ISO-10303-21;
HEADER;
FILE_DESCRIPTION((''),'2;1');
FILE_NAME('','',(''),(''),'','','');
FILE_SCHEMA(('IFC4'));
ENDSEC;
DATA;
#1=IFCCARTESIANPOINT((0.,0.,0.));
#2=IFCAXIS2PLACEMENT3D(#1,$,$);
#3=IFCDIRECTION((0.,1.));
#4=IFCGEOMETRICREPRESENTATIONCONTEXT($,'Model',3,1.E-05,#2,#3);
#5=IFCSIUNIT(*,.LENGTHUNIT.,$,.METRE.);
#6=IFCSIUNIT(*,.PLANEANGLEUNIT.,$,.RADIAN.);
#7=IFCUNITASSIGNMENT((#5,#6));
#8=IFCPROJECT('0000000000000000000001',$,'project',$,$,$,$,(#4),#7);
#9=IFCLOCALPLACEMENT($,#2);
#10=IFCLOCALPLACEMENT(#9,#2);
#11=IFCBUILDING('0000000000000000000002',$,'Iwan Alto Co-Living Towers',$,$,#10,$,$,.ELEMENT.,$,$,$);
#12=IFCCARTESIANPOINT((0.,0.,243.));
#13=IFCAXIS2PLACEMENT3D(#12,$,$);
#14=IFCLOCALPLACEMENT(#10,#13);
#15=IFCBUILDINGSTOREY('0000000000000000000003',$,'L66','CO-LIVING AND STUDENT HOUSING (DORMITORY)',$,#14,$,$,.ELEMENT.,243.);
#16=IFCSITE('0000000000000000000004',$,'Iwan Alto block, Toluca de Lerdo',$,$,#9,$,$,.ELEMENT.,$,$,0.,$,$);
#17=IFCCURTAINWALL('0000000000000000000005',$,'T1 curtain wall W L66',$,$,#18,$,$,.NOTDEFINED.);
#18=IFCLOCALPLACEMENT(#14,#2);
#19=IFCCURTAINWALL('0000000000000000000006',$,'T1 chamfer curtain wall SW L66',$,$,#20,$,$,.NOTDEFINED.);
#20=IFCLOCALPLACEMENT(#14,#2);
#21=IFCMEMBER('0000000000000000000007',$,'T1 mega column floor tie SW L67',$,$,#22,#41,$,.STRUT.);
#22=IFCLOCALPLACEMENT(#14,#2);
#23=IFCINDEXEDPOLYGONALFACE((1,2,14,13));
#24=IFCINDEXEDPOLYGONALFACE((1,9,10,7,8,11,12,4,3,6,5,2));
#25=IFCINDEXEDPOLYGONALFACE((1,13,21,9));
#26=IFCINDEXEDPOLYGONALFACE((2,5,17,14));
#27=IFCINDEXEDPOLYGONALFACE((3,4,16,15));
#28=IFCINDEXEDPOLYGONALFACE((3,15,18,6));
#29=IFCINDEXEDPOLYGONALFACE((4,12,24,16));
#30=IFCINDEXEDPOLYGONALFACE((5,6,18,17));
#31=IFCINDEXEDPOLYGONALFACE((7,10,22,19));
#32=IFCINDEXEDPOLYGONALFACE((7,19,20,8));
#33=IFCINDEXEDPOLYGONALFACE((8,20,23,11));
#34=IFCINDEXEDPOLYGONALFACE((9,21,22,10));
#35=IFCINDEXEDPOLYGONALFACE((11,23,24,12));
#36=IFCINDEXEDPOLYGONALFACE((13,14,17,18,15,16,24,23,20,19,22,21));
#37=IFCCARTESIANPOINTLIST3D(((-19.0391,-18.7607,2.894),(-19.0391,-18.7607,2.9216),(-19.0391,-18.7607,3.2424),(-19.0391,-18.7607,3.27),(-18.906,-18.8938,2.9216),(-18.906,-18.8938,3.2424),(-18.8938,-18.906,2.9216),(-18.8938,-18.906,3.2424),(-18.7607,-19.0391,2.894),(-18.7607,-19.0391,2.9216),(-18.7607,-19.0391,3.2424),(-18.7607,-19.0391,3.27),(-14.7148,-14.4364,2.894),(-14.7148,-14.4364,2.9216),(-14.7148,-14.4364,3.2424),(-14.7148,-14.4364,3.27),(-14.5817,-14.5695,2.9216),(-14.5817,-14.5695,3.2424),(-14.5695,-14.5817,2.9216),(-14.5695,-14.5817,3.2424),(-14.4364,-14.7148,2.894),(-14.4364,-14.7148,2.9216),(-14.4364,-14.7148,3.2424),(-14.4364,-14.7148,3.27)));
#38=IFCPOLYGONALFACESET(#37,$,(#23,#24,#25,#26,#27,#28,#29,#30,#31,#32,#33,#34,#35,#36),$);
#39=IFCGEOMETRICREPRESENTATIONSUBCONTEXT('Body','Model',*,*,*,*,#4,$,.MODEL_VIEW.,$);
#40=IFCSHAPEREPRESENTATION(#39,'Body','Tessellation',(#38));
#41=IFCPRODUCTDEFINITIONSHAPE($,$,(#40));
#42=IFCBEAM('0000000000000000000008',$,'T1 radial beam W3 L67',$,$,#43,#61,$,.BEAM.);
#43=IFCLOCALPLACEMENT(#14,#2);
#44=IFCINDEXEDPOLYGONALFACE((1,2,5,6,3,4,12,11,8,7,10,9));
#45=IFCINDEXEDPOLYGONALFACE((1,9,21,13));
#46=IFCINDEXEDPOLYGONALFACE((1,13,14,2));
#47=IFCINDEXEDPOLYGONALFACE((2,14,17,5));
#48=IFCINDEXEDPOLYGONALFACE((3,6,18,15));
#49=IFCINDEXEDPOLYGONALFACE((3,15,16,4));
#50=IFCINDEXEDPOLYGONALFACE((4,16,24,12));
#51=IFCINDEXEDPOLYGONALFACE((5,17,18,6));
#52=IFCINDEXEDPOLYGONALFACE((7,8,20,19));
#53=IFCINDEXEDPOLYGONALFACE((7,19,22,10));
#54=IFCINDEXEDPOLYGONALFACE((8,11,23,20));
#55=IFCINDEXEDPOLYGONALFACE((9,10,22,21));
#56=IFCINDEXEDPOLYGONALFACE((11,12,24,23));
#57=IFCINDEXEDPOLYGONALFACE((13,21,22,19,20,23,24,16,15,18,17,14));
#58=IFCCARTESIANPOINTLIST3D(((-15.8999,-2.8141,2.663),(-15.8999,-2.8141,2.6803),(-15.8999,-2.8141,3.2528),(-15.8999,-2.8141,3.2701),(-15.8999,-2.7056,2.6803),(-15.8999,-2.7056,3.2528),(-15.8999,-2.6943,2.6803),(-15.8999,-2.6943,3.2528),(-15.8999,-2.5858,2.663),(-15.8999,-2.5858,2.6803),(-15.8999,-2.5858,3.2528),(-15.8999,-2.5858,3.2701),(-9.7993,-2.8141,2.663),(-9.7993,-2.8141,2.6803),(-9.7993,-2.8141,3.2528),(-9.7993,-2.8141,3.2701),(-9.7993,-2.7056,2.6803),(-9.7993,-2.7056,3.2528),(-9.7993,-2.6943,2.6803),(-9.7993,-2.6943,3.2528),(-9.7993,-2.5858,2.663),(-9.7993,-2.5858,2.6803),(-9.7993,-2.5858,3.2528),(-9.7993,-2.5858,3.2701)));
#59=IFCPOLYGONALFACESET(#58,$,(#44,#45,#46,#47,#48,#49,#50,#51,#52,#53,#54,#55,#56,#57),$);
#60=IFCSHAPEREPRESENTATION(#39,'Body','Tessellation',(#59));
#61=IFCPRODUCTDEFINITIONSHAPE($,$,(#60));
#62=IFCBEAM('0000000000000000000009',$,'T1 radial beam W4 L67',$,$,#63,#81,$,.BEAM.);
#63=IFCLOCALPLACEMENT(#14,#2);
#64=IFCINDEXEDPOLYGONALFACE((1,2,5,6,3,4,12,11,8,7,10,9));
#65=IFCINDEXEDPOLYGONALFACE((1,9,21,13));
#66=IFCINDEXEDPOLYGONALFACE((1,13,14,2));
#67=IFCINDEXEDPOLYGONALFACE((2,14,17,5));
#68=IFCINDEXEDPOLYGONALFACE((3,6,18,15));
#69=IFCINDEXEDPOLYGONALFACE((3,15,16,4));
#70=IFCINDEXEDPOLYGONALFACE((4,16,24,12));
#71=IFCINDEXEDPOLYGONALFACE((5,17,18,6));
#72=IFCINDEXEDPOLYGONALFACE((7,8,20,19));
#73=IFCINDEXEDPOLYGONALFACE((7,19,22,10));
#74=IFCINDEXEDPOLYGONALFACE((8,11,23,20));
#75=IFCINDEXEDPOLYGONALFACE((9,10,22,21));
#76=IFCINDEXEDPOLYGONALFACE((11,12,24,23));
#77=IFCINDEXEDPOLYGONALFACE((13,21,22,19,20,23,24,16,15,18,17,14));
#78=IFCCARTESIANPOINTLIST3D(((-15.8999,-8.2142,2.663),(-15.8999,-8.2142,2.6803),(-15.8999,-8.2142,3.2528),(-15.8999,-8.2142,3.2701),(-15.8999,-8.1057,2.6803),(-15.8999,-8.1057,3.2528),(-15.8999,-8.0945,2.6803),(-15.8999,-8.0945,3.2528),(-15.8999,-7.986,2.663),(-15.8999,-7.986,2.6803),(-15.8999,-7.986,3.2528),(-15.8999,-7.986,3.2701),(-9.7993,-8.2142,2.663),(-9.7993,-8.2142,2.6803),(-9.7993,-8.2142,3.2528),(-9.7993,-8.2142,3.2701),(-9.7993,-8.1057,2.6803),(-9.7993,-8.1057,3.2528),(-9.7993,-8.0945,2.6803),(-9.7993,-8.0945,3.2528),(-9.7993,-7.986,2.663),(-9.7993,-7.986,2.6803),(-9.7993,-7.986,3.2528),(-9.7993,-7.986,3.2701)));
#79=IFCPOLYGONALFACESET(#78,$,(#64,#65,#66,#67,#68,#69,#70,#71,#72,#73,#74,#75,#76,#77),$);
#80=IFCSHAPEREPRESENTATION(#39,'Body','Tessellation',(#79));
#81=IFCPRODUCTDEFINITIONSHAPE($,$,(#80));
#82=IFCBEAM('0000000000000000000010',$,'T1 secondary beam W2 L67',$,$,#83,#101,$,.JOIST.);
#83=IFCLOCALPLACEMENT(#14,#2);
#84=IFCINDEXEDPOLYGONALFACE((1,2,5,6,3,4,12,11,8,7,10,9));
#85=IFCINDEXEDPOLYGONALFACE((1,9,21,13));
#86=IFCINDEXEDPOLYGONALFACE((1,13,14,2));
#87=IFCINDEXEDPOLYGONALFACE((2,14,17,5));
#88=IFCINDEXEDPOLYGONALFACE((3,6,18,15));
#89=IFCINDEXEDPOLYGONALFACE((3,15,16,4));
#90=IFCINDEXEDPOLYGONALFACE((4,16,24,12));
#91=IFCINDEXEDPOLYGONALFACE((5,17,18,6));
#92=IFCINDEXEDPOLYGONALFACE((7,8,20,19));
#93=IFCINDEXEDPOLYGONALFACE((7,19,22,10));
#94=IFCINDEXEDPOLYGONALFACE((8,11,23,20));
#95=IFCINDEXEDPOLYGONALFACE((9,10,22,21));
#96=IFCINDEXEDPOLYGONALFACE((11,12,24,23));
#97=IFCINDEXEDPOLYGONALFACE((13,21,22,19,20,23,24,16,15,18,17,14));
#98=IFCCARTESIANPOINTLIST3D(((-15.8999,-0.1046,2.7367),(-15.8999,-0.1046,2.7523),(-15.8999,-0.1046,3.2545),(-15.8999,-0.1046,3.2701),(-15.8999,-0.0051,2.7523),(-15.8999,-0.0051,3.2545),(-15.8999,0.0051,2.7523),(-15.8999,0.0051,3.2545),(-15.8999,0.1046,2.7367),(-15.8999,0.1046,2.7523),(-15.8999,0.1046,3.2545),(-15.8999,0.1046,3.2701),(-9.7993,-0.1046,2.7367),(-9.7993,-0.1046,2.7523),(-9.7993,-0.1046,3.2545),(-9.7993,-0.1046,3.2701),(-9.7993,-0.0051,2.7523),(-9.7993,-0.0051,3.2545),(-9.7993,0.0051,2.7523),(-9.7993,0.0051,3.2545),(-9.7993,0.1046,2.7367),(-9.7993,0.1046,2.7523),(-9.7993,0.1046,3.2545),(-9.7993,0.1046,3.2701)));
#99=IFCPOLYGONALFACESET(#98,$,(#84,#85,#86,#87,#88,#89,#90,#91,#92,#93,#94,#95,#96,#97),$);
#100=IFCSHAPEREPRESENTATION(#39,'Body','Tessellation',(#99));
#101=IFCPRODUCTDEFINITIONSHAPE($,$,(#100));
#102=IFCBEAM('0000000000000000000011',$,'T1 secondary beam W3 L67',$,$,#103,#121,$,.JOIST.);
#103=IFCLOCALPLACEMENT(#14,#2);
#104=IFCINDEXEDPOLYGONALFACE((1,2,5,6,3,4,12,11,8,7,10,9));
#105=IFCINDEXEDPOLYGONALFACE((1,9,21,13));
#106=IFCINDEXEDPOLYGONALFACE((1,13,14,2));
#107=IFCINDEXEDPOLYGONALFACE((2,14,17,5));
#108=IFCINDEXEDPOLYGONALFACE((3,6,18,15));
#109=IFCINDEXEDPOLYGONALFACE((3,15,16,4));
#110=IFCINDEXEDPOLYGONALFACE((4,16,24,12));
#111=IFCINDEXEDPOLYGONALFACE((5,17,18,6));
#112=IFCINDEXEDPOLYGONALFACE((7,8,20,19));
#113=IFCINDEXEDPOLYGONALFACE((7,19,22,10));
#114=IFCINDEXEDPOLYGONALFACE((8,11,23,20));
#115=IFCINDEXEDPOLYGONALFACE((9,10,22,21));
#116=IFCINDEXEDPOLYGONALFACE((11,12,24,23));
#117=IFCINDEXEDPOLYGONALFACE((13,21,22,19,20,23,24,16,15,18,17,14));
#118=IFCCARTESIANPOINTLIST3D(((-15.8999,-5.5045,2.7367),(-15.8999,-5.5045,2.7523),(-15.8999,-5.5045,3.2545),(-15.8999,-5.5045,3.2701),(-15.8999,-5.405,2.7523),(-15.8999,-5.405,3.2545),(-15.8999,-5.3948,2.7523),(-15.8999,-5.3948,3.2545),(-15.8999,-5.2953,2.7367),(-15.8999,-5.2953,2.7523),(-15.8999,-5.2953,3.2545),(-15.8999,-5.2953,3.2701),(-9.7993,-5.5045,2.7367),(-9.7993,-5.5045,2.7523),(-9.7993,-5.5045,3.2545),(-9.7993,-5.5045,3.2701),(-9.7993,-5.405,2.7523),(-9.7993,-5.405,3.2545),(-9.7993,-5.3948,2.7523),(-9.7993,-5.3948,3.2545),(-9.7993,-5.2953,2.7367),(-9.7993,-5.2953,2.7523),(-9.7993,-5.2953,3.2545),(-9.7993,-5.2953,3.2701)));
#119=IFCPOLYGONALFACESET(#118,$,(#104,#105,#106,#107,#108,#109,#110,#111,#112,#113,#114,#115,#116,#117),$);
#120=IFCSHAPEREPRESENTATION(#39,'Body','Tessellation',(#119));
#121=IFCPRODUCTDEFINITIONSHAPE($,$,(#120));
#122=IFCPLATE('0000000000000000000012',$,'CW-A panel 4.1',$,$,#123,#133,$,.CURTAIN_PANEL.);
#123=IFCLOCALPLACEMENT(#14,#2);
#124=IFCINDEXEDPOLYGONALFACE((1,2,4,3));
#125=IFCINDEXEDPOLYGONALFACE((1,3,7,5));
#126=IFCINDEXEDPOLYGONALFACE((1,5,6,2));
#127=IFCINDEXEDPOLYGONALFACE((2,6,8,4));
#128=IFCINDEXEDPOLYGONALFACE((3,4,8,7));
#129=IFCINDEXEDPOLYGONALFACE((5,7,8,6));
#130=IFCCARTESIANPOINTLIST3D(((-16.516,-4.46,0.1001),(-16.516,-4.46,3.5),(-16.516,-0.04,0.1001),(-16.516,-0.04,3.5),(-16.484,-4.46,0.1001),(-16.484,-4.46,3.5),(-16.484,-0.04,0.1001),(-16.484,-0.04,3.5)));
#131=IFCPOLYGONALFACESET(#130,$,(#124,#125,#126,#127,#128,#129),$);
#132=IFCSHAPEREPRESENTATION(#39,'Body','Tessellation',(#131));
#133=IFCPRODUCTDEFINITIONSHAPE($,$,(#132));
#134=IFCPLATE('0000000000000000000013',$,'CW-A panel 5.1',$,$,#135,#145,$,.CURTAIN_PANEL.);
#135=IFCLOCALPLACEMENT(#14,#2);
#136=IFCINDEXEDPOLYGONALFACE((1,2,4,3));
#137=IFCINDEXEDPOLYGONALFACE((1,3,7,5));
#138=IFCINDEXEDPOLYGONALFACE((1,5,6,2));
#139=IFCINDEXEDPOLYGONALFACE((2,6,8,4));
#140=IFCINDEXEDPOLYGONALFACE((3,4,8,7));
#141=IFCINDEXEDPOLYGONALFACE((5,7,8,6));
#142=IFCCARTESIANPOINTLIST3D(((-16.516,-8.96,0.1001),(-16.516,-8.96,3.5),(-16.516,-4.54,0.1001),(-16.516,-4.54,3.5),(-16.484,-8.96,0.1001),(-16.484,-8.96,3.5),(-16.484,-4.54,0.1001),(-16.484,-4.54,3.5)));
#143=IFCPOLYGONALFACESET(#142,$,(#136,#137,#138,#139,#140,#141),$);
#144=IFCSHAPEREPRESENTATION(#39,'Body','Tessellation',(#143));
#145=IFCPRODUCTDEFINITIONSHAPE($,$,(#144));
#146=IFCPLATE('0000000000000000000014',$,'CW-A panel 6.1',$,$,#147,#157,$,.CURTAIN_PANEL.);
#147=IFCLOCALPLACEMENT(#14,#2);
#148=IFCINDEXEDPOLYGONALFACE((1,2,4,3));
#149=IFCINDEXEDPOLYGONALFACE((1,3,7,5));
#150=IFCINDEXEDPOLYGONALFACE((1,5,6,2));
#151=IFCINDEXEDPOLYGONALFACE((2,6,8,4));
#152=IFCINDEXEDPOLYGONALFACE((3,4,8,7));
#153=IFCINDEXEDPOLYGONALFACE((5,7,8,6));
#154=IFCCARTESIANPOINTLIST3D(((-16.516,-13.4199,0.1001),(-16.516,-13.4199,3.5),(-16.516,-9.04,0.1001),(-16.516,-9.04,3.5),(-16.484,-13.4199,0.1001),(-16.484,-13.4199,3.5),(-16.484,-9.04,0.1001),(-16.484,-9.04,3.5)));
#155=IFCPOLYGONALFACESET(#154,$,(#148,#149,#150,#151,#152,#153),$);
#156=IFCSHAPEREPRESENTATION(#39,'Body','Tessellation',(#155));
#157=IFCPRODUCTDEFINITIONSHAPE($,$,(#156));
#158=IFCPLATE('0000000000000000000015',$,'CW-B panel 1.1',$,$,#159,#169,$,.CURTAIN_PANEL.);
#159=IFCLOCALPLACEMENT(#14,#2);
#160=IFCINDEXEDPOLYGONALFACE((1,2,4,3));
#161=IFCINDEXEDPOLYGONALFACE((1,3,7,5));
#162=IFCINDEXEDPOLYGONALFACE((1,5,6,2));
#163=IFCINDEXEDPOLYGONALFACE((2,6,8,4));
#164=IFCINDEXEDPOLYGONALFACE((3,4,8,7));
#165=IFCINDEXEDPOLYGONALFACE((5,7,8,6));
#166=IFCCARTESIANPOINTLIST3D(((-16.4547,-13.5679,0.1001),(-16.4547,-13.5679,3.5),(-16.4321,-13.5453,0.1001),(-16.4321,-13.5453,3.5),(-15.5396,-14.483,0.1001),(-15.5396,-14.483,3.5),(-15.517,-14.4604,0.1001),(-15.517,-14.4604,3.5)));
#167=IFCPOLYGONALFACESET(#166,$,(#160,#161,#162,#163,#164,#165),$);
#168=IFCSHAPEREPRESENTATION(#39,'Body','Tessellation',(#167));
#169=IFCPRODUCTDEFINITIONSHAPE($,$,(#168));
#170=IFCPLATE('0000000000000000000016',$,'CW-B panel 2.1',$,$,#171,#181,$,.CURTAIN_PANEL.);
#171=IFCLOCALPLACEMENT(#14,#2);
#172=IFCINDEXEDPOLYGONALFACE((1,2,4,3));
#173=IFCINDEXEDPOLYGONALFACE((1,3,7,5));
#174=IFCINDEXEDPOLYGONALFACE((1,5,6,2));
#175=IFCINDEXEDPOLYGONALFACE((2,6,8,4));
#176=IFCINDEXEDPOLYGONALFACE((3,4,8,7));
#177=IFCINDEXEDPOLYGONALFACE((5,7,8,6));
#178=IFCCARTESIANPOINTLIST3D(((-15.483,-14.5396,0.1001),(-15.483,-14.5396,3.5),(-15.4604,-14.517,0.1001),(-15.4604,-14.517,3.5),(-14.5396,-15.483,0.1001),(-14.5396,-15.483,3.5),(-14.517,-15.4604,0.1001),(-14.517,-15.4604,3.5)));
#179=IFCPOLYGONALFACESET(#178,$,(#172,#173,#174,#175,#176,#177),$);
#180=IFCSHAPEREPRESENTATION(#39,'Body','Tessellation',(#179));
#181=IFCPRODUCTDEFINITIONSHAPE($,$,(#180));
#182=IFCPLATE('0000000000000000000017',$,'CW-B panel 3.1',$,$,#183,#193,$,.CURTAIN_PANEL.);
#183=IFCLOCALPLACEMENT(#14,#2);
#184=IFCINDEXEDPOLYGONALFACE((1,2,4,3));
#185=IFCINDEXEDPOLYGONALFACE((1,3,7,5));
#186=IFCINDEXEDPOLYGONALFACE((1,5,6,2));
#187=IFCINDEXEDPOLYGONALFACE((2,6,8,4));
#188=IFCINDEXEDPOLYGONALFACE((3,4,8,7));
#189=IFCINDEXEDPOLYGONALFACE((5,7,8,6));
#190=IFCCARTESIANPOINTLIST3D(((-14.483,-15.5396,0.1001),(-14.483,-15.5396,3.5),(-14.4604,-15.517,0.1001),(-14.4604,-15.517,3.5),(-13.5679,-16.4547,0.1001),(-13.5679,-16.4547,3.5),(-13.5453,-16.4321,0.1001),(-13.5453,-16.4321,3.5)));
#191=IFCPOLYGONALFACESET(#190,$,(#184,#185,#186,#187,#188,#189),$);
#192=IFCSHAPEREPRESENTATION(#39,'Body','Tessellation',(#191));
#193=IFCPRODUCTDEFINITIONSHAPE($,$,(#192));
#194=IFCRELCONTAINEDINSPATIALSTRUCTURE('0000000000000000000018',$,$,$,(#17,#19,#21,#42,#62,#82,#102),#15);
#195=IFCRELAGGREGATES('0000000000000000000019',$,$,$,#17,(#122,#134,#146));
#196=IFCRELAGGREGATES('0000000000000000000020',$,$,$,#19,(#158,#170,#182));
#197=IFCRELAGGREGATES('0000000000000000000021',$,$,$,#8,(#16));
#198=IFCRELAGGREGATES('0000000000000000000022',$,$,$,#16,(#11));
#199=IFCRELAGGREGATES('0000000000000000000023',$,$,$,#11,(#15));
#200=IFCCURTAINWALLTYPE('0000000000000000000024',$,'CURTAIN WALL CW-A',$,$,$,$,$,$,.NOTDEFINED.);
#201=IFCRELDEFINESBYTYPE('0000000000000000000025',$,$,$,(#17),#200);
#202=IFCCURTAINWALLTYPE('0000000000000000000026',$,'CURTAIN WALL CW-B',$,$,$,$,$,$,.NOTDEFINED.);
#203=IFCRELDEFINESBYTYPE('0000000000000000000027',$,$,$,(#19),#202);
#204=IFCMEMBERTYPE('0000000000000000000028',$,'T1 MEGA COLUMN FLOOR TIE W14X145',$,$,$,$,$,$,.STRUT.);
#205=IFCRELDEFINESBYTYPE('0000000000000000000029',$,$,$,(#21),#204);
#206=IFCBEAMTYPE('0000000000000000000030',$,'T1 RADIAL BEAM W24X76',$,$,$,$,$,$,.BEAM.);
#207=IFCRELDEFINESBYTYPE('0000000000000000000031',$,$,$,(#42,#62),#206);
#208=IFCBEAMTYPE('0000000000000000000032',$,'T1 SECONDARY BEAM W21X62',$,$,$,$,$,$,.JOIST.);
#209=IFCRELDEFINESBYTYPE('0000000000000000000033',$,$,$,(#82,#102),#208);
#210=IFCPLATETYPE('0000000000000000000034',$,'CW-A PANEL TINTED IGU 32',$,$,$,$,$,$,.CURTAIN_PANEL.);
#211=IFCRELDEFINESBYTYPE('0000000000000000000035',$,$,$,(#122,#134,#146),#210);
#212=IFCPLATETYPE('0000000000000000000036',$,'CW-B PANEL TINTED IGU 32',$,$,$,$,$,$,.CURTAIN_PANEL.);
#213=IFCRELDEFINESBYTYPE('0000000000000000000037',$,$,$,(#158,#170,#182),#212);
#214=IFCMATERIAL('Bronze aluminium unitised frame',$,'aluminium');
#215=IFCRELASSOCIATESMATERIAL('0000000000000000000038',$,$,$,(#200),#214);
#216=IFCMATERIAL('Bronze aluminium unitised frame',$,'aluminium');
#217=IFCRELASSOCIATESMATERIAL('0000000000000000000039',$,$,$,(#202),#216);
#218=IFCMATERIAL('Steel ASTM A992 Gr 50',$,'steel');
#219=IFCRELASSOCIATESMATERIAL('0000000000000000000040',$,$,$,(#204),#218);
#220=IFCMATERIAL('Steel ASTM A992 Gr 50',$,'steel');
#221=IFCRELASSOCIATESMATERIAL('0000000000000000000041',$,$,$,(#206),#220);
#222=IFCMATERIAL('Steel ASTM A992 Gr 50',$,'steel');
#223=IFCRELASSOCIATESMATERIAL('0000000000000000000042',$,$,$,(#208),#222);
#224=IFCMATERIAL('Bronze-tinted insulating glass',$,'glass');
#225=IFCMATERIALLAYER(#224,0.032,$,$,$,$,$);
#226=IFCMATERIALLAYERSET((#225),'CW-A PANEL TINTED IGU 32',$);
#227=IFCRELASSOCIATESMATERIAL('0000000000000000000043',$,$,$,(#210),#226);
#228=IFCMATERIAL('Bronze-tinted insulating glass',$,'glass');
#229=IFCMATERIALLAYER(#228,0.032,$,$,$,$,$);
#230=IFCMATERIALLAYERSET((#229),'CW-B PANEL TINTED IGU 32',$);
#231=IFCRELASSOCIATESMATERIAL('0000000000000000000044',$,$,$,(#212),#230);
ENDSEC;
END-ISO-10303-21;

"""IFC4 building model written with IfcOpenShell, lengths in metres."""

from ifc_helpers import new_model, si_unit, direction, frame, origin, origin_2d, place, context, subcontext, project, spatial, rectangle, i_section, extrude, material, layer, layer_set, material_profile, profile_set, type_object, element, aggregate, save


model = new_model("IFC4")

# Units and contexts
model_context = context("Model", 3, precision=1e-05, world=origin(), true_north=direction((0.0, 1.0)))
body_context = subcontext(model_context, "Body", "Model", "MODEL_VIEW")
ifc_project = project(units=[si_unit("LENGTHUNIT", "METRE"), si_unit("PLANEANGLEUNIT", "RADIAN")], contexts=[model_context])

# Site, building, storey
site_placement = place(None, origin())
site = spatial("IfcSite", under=ifc_project, at=site_placement, Name="Iwan Alto block, Toluca de Lerdo", CompositionType="ELEMENT", RefElevation=0.0)
building_placement = place(site_placement, origin())
building = spatial("IfcBuilding", under=site, at=building_placement, Name="Iwan Alto Co-Living Towers", CompositionType="ELEMENT")
storey_placement = place(building_placement, frame((0.0, 0.0, 243.0)))
storey = spatial("IfcBuildingStorey", under=building, at=storey_placement, Name="L66", Description="CO-LIVING AND STUDENT HOUSING (DORMITORY)", CompositionType="ELEMENT", Elevation=243.0)

# Curtain walls
ifc_material_1 = material(Name="Bronze aluminium unitised frame", Category="aluminium")
curtain_wall_type_1 = type_object("IfcCurtainWallType", Name="CURTAIN WALL CW-A", PredefinedType="NOTDEFINED", material=ifc_material_1)
curtain_wall_1_placement = place(storey_placement, origin())
curtain_wall_1 = element("IfcCurtainWall", 1, at=curtain_wall_1_placement, inside=storey, type_object=curtain_wall_type_1, Name="T1 curtain wall W L66", PredefinedType="NOTDEFINED")
ifc_material_2 = material(Name="Bronze aluminium unitised frame", Category="aluminium")
curtain_wall_type_2 = type_object("IfcCurtainWallType", Name="CURTAIN WALL CW-B", PredefinedType="NOTDEFINED", material=ifc_material_2)
curtain_wall_2_placement = place(storey_placement, origin())
curtain_wall_2 = element("IfcCurtainWall", 2, at=curtain_wall_2_placement, inside=storey, type_object=curtain_wall_type_2, Name="T1 chamfer curtain wall SW L66", PredefinedType="NOTDEFINED")

# Member
ifc_material_3 = material(Name="Steel ASTM A992 Gr 50", Category="steel")
ifc_material_profile_1 = material_profile(ifc_material_3, i_section(OverallWidth=0.3938, OverallDepth=0.376, WebThickness=0.0173, FlangeThickness=0.0276, at=origin_2d()), Name="W14X145")
ifc_profile_set_1 = profile_set([ifc_material_profile_1], Name="Steel ASTM A992 Gr 50")
member_type_1 = type_object("IfcMemberType", Name="T1 MEGA COLUMN FLOOR TIE W14X145", PredefinedType="STRUT", material=ifc_profile_set_1)
member_1_placement = place(storey_placement, frame((-18.8999, -18.8999, 3.082), z_axis=(0.707107, 0.707107, 0.0), x_axis=(-0.707107, 0.707107, 0.0)))
element("IfcMember", 3, at=member_1_placement, inside=storey, type_object=member_type_1, Name="T1 mega column floor tie SW L67", PredefinedType="STRUT", context=body_context, shape_type="SweptSolid", body=[
    extrude(i_section(OverallWidth=0.3938, OverallDepth=0.376, WebThickness=0.0173, FlangeThickness=0.0276, at=origin_2d()), origin(), (0.0, 0.0, 1.0), 6.1155),
])

# Beams
ifc_material_4 = material(Name="Steel ASTM A992 Gr 50", Category="steel")
ifc_material_profile_2 = material_profile(ifc_material_4, i_section(OverallWidth=0.2283, OverallDepth=0.6072, WebThickness=0.0112, FlangeThickness=0.0173, at=origin_2d()), Name="W24X76")
ifc_profile_set_2 = profile_set([ifc_material_profile_2], Name="Steel ASTM A992 Gr 50")
beam_type_1 = type_object("IfcBeamType", Name="T1 RADIAL BEAM W24X76", PredefinedType="BEAM", material=ifc_profile_set_2)
for number, where, z_axis, x_axis, name in (
    (4, (-15.8999, -2.7, 2.9666), (1.0, 0.0, 0.0), (0.0, 1.0, 0.0), "T1 radial beam W3 L67"),
    (5, (-15.8999, -8.1001, 2.9666), (1.0, 0.0, 0.0), (0.0, 1.0, 0.0), "T1 radial beam W4 L67"),
):
    element("IfcBeam", number, at=place(storey_placement, frame(where, z_axis=z_axis, x_axis=x_axis)), inside=storey, type_object=beam_type_1, Name=name, PredefinedType="BEAM", context=body_context, shape_type="SweptSolid", body=[
        extrude(i_section(OverallWidth=0.2283, OverallDepth=0.6072, WebThickness=0.0112, FlangeThickness=0.0173, at=origin_2d()), origin(), (0.0, 0.0, 1.0), 6.1006),
    ])
ifc_material_5 = material(Name="Steel ASTM A992 Gr 50", Category="steel")
ifc_material_profile_3 = material_profile(ifc_material_5, i_section(OverallWidth=0.2092, OverallDepth=0.5334, WebThickness=0.0103, FlangeThickness=0.0156, at=origin_2d()), Name="W21X62")
ifc_profile_set_3 = profile_set([ifc_material_profile_3], Name="Steel ASTM A992 Gr 50")
beam_type_2 = type_object("IfcBeamType", Name="T1 SECONDARY BEAM W21X62", PredefinedType="JOIST", material=ifc_profile_set_3)
for number, where, z_axis, x_axis, name in (
    (6, (-15.8999, 0.0, 3.0034), (1.0, 0.0, 0.0), (0.0, 1.0, 0.0), "T1 secondary beam W2 L67"),
    (7, (-15.8999, -5.3999, 3.0034), (1.0, 0.0, 0.0), (0.0, 1.0, 0.0), "T1 secondary beam W3 L67"),
):
    element("IfcBeam", number, at=place(storey_placement, frame(where, z_axis=z_axis, x_axis=x_axis)), inside=storey, type_object=beam_type_2, Name=name, PredefinedType="JOIST", context=body_context, shape_type="SweptSolid", body=[
        extrude(i_section(OverallWidth=0.2092, OverallDepth=0.5334, WebThickness=0.0103, FlangeThickness=0.0156, at=origin_2d()), origin(), (0.0, 0.0, 1.0), 6.1006),
    ])

# Plates
ifc_material_6 = material(Name="Bronze-tinted insulating glass", Category="glass")
ifc_layer_1 = layer(ifc_material_6, 0.032)
ifc_layer_set_1 = layer_set([ifc_layer_1], Name="CW-A PANEL TINTED IGU 32")
plate_type_1 = type_object("IfcPlateType", Name="CW-A PANEL TINTED IGU 32", PredefinedType="CURTAIN_PANEL", material=ifc_layer_set_1)
plate_1_placement = place(storey_placement, frame((-16.5, -2.25, 0.1001), z_axis=(0.0, 0.0, 1.0), x_axis=(0.0, -1.0, 0.0)))
plate_1 = element("IfcPlate", 8, at=plate_1_placement, type_object=plate_type_1, Name="CW-A panel 4.1", PredefinedType="CURTAIN_PANEL", context=body_context, shape_type="SweptSolid", body=[
    extrude(rectangle(XDim=4.4199, YDim=0.032, at=origin_2d()), origin(), (0.0, 0.0, 1.0), 3.3999),
])
plate_2_placement = place(storey_placement, frame((-16.5, -6.75, 0.1001), z_axis=(0.0, 0.0, 1.0), x_axis=(0.0, -1.0, 0.0)))
plate_2 = element("IfcPlate", 9, at=plate_2_placement, type_object=plate_type_1, Name="CW-A panel 5.1", PredefinedType="CURTAIN_PANEL", context=body_context, shape_type="SweptSolid", body=[
    extrude(rectangle(XDim=4.4199, YDim=0.032, at=origin_2d()), origin(), (0.0, 0.0, 1.0), 3.3999),
])
plate_3_placement = place(storey_placement, frame((-16.5, -11.23, 0.1001), z_axis=(0.0, 0.0, 1.0), x_axis=(0.0, -1.0, 0.0)))
plate_3 = element("IfcPlate", 10, at=plate_3_placement, type_object=plate_type_1, Name="CW-A panel 6.1", PredefinedType="CURTAIN_PANEL", context=body_context, shape_type="SweptSolid", body=[
    extrude(rectangle(XDim=4.3799, YDim=0.032, at=origin_2d()), origin(), (0.0, 0.0, 1.0), 3.3999),
])
aggregate(curtain_wall_1, [plate_1, plate_2, plate_3])
ifc_material_7 = material(Name="Bronze-tinted insulating glass", Category="glass")
ifc_layer_2 = layer(ifc_material_7, 0.032)
ifc_layer_set_2 = layer_set([ifc_layer_2], Name="CW-B PANEL TINTED IGU 32")
plate_type_2 = type_object("IfcPlateType", Name="CW-B PANEL TINTED IGU 32", PredefinedType="CURTAIN_PANEL", material=ifc_layer_set_2)
plate_4_placement = place(storey_placement, frame((-15.9858, -14.0142, 0.1001), z_axis=(0.0, 0.0, 1.0), x_axis=(0.707107, -0.707107, 0.0)))
plate_4 = element("IfcPlate", 11, at=plate_4_placement, type_object=plate_type_2, Name="CW-B panel 1.1", PredefinedType="CURTAIN_PANEL", context=body_context, shape_type="SweptSolid", body=[
    extrude(rectangle(XDim=1.2942, YDim=0.032, at=origin_2d()), origin(), (0.0, 0.0, 1.0), 3.3999),
])
plate_5_placement = place(storey_placement, frame((-15.0, -15.0, 0.1001), z_axis=(0.0, 0.0, 1.0), x_axis=(0.707107, -0.707107, 0.0)))
plate_5 = element("IfcPlate", 12, at=plate_5_placement, type_object=plate_type_2, Name="CW-B panel 2.1", PredefinedType="CURTAIN_PANEL", context=body_context, shape_type="SweptSolid", body=[
    extrude(rectangle(XDim=1.3342, YDim=0.032, at=origin_2d()), origin(), (0.0, 0.0, 1.0), 3.3999),
])
plate_6_placement = place(storey_placement, frame((-14.0142, -15.9858, 0.1001), z_axis=(0.0, 0.0, 1.0), x_axis=(0.707107, -0.707107, 0.0)))
plate_6 = element("IfcPlate", 13, at=plate_6_placement, type_object=plate_type_2, Name="CW-B panel 3.1", PredefinedType="CURTAIN_PANEL", context=body_context, shape_type="SweptSolid", body=[
    extrude(rectangle(XDim=1.2942, YDim=0.032, at=origin_2d()), origin(), (0.0, 0.0, 1.0), 3.3999),
])
aggregate(curtain_wall_2, [plate_4, plate_5, plate_6])

save(model, "model.ifc")
